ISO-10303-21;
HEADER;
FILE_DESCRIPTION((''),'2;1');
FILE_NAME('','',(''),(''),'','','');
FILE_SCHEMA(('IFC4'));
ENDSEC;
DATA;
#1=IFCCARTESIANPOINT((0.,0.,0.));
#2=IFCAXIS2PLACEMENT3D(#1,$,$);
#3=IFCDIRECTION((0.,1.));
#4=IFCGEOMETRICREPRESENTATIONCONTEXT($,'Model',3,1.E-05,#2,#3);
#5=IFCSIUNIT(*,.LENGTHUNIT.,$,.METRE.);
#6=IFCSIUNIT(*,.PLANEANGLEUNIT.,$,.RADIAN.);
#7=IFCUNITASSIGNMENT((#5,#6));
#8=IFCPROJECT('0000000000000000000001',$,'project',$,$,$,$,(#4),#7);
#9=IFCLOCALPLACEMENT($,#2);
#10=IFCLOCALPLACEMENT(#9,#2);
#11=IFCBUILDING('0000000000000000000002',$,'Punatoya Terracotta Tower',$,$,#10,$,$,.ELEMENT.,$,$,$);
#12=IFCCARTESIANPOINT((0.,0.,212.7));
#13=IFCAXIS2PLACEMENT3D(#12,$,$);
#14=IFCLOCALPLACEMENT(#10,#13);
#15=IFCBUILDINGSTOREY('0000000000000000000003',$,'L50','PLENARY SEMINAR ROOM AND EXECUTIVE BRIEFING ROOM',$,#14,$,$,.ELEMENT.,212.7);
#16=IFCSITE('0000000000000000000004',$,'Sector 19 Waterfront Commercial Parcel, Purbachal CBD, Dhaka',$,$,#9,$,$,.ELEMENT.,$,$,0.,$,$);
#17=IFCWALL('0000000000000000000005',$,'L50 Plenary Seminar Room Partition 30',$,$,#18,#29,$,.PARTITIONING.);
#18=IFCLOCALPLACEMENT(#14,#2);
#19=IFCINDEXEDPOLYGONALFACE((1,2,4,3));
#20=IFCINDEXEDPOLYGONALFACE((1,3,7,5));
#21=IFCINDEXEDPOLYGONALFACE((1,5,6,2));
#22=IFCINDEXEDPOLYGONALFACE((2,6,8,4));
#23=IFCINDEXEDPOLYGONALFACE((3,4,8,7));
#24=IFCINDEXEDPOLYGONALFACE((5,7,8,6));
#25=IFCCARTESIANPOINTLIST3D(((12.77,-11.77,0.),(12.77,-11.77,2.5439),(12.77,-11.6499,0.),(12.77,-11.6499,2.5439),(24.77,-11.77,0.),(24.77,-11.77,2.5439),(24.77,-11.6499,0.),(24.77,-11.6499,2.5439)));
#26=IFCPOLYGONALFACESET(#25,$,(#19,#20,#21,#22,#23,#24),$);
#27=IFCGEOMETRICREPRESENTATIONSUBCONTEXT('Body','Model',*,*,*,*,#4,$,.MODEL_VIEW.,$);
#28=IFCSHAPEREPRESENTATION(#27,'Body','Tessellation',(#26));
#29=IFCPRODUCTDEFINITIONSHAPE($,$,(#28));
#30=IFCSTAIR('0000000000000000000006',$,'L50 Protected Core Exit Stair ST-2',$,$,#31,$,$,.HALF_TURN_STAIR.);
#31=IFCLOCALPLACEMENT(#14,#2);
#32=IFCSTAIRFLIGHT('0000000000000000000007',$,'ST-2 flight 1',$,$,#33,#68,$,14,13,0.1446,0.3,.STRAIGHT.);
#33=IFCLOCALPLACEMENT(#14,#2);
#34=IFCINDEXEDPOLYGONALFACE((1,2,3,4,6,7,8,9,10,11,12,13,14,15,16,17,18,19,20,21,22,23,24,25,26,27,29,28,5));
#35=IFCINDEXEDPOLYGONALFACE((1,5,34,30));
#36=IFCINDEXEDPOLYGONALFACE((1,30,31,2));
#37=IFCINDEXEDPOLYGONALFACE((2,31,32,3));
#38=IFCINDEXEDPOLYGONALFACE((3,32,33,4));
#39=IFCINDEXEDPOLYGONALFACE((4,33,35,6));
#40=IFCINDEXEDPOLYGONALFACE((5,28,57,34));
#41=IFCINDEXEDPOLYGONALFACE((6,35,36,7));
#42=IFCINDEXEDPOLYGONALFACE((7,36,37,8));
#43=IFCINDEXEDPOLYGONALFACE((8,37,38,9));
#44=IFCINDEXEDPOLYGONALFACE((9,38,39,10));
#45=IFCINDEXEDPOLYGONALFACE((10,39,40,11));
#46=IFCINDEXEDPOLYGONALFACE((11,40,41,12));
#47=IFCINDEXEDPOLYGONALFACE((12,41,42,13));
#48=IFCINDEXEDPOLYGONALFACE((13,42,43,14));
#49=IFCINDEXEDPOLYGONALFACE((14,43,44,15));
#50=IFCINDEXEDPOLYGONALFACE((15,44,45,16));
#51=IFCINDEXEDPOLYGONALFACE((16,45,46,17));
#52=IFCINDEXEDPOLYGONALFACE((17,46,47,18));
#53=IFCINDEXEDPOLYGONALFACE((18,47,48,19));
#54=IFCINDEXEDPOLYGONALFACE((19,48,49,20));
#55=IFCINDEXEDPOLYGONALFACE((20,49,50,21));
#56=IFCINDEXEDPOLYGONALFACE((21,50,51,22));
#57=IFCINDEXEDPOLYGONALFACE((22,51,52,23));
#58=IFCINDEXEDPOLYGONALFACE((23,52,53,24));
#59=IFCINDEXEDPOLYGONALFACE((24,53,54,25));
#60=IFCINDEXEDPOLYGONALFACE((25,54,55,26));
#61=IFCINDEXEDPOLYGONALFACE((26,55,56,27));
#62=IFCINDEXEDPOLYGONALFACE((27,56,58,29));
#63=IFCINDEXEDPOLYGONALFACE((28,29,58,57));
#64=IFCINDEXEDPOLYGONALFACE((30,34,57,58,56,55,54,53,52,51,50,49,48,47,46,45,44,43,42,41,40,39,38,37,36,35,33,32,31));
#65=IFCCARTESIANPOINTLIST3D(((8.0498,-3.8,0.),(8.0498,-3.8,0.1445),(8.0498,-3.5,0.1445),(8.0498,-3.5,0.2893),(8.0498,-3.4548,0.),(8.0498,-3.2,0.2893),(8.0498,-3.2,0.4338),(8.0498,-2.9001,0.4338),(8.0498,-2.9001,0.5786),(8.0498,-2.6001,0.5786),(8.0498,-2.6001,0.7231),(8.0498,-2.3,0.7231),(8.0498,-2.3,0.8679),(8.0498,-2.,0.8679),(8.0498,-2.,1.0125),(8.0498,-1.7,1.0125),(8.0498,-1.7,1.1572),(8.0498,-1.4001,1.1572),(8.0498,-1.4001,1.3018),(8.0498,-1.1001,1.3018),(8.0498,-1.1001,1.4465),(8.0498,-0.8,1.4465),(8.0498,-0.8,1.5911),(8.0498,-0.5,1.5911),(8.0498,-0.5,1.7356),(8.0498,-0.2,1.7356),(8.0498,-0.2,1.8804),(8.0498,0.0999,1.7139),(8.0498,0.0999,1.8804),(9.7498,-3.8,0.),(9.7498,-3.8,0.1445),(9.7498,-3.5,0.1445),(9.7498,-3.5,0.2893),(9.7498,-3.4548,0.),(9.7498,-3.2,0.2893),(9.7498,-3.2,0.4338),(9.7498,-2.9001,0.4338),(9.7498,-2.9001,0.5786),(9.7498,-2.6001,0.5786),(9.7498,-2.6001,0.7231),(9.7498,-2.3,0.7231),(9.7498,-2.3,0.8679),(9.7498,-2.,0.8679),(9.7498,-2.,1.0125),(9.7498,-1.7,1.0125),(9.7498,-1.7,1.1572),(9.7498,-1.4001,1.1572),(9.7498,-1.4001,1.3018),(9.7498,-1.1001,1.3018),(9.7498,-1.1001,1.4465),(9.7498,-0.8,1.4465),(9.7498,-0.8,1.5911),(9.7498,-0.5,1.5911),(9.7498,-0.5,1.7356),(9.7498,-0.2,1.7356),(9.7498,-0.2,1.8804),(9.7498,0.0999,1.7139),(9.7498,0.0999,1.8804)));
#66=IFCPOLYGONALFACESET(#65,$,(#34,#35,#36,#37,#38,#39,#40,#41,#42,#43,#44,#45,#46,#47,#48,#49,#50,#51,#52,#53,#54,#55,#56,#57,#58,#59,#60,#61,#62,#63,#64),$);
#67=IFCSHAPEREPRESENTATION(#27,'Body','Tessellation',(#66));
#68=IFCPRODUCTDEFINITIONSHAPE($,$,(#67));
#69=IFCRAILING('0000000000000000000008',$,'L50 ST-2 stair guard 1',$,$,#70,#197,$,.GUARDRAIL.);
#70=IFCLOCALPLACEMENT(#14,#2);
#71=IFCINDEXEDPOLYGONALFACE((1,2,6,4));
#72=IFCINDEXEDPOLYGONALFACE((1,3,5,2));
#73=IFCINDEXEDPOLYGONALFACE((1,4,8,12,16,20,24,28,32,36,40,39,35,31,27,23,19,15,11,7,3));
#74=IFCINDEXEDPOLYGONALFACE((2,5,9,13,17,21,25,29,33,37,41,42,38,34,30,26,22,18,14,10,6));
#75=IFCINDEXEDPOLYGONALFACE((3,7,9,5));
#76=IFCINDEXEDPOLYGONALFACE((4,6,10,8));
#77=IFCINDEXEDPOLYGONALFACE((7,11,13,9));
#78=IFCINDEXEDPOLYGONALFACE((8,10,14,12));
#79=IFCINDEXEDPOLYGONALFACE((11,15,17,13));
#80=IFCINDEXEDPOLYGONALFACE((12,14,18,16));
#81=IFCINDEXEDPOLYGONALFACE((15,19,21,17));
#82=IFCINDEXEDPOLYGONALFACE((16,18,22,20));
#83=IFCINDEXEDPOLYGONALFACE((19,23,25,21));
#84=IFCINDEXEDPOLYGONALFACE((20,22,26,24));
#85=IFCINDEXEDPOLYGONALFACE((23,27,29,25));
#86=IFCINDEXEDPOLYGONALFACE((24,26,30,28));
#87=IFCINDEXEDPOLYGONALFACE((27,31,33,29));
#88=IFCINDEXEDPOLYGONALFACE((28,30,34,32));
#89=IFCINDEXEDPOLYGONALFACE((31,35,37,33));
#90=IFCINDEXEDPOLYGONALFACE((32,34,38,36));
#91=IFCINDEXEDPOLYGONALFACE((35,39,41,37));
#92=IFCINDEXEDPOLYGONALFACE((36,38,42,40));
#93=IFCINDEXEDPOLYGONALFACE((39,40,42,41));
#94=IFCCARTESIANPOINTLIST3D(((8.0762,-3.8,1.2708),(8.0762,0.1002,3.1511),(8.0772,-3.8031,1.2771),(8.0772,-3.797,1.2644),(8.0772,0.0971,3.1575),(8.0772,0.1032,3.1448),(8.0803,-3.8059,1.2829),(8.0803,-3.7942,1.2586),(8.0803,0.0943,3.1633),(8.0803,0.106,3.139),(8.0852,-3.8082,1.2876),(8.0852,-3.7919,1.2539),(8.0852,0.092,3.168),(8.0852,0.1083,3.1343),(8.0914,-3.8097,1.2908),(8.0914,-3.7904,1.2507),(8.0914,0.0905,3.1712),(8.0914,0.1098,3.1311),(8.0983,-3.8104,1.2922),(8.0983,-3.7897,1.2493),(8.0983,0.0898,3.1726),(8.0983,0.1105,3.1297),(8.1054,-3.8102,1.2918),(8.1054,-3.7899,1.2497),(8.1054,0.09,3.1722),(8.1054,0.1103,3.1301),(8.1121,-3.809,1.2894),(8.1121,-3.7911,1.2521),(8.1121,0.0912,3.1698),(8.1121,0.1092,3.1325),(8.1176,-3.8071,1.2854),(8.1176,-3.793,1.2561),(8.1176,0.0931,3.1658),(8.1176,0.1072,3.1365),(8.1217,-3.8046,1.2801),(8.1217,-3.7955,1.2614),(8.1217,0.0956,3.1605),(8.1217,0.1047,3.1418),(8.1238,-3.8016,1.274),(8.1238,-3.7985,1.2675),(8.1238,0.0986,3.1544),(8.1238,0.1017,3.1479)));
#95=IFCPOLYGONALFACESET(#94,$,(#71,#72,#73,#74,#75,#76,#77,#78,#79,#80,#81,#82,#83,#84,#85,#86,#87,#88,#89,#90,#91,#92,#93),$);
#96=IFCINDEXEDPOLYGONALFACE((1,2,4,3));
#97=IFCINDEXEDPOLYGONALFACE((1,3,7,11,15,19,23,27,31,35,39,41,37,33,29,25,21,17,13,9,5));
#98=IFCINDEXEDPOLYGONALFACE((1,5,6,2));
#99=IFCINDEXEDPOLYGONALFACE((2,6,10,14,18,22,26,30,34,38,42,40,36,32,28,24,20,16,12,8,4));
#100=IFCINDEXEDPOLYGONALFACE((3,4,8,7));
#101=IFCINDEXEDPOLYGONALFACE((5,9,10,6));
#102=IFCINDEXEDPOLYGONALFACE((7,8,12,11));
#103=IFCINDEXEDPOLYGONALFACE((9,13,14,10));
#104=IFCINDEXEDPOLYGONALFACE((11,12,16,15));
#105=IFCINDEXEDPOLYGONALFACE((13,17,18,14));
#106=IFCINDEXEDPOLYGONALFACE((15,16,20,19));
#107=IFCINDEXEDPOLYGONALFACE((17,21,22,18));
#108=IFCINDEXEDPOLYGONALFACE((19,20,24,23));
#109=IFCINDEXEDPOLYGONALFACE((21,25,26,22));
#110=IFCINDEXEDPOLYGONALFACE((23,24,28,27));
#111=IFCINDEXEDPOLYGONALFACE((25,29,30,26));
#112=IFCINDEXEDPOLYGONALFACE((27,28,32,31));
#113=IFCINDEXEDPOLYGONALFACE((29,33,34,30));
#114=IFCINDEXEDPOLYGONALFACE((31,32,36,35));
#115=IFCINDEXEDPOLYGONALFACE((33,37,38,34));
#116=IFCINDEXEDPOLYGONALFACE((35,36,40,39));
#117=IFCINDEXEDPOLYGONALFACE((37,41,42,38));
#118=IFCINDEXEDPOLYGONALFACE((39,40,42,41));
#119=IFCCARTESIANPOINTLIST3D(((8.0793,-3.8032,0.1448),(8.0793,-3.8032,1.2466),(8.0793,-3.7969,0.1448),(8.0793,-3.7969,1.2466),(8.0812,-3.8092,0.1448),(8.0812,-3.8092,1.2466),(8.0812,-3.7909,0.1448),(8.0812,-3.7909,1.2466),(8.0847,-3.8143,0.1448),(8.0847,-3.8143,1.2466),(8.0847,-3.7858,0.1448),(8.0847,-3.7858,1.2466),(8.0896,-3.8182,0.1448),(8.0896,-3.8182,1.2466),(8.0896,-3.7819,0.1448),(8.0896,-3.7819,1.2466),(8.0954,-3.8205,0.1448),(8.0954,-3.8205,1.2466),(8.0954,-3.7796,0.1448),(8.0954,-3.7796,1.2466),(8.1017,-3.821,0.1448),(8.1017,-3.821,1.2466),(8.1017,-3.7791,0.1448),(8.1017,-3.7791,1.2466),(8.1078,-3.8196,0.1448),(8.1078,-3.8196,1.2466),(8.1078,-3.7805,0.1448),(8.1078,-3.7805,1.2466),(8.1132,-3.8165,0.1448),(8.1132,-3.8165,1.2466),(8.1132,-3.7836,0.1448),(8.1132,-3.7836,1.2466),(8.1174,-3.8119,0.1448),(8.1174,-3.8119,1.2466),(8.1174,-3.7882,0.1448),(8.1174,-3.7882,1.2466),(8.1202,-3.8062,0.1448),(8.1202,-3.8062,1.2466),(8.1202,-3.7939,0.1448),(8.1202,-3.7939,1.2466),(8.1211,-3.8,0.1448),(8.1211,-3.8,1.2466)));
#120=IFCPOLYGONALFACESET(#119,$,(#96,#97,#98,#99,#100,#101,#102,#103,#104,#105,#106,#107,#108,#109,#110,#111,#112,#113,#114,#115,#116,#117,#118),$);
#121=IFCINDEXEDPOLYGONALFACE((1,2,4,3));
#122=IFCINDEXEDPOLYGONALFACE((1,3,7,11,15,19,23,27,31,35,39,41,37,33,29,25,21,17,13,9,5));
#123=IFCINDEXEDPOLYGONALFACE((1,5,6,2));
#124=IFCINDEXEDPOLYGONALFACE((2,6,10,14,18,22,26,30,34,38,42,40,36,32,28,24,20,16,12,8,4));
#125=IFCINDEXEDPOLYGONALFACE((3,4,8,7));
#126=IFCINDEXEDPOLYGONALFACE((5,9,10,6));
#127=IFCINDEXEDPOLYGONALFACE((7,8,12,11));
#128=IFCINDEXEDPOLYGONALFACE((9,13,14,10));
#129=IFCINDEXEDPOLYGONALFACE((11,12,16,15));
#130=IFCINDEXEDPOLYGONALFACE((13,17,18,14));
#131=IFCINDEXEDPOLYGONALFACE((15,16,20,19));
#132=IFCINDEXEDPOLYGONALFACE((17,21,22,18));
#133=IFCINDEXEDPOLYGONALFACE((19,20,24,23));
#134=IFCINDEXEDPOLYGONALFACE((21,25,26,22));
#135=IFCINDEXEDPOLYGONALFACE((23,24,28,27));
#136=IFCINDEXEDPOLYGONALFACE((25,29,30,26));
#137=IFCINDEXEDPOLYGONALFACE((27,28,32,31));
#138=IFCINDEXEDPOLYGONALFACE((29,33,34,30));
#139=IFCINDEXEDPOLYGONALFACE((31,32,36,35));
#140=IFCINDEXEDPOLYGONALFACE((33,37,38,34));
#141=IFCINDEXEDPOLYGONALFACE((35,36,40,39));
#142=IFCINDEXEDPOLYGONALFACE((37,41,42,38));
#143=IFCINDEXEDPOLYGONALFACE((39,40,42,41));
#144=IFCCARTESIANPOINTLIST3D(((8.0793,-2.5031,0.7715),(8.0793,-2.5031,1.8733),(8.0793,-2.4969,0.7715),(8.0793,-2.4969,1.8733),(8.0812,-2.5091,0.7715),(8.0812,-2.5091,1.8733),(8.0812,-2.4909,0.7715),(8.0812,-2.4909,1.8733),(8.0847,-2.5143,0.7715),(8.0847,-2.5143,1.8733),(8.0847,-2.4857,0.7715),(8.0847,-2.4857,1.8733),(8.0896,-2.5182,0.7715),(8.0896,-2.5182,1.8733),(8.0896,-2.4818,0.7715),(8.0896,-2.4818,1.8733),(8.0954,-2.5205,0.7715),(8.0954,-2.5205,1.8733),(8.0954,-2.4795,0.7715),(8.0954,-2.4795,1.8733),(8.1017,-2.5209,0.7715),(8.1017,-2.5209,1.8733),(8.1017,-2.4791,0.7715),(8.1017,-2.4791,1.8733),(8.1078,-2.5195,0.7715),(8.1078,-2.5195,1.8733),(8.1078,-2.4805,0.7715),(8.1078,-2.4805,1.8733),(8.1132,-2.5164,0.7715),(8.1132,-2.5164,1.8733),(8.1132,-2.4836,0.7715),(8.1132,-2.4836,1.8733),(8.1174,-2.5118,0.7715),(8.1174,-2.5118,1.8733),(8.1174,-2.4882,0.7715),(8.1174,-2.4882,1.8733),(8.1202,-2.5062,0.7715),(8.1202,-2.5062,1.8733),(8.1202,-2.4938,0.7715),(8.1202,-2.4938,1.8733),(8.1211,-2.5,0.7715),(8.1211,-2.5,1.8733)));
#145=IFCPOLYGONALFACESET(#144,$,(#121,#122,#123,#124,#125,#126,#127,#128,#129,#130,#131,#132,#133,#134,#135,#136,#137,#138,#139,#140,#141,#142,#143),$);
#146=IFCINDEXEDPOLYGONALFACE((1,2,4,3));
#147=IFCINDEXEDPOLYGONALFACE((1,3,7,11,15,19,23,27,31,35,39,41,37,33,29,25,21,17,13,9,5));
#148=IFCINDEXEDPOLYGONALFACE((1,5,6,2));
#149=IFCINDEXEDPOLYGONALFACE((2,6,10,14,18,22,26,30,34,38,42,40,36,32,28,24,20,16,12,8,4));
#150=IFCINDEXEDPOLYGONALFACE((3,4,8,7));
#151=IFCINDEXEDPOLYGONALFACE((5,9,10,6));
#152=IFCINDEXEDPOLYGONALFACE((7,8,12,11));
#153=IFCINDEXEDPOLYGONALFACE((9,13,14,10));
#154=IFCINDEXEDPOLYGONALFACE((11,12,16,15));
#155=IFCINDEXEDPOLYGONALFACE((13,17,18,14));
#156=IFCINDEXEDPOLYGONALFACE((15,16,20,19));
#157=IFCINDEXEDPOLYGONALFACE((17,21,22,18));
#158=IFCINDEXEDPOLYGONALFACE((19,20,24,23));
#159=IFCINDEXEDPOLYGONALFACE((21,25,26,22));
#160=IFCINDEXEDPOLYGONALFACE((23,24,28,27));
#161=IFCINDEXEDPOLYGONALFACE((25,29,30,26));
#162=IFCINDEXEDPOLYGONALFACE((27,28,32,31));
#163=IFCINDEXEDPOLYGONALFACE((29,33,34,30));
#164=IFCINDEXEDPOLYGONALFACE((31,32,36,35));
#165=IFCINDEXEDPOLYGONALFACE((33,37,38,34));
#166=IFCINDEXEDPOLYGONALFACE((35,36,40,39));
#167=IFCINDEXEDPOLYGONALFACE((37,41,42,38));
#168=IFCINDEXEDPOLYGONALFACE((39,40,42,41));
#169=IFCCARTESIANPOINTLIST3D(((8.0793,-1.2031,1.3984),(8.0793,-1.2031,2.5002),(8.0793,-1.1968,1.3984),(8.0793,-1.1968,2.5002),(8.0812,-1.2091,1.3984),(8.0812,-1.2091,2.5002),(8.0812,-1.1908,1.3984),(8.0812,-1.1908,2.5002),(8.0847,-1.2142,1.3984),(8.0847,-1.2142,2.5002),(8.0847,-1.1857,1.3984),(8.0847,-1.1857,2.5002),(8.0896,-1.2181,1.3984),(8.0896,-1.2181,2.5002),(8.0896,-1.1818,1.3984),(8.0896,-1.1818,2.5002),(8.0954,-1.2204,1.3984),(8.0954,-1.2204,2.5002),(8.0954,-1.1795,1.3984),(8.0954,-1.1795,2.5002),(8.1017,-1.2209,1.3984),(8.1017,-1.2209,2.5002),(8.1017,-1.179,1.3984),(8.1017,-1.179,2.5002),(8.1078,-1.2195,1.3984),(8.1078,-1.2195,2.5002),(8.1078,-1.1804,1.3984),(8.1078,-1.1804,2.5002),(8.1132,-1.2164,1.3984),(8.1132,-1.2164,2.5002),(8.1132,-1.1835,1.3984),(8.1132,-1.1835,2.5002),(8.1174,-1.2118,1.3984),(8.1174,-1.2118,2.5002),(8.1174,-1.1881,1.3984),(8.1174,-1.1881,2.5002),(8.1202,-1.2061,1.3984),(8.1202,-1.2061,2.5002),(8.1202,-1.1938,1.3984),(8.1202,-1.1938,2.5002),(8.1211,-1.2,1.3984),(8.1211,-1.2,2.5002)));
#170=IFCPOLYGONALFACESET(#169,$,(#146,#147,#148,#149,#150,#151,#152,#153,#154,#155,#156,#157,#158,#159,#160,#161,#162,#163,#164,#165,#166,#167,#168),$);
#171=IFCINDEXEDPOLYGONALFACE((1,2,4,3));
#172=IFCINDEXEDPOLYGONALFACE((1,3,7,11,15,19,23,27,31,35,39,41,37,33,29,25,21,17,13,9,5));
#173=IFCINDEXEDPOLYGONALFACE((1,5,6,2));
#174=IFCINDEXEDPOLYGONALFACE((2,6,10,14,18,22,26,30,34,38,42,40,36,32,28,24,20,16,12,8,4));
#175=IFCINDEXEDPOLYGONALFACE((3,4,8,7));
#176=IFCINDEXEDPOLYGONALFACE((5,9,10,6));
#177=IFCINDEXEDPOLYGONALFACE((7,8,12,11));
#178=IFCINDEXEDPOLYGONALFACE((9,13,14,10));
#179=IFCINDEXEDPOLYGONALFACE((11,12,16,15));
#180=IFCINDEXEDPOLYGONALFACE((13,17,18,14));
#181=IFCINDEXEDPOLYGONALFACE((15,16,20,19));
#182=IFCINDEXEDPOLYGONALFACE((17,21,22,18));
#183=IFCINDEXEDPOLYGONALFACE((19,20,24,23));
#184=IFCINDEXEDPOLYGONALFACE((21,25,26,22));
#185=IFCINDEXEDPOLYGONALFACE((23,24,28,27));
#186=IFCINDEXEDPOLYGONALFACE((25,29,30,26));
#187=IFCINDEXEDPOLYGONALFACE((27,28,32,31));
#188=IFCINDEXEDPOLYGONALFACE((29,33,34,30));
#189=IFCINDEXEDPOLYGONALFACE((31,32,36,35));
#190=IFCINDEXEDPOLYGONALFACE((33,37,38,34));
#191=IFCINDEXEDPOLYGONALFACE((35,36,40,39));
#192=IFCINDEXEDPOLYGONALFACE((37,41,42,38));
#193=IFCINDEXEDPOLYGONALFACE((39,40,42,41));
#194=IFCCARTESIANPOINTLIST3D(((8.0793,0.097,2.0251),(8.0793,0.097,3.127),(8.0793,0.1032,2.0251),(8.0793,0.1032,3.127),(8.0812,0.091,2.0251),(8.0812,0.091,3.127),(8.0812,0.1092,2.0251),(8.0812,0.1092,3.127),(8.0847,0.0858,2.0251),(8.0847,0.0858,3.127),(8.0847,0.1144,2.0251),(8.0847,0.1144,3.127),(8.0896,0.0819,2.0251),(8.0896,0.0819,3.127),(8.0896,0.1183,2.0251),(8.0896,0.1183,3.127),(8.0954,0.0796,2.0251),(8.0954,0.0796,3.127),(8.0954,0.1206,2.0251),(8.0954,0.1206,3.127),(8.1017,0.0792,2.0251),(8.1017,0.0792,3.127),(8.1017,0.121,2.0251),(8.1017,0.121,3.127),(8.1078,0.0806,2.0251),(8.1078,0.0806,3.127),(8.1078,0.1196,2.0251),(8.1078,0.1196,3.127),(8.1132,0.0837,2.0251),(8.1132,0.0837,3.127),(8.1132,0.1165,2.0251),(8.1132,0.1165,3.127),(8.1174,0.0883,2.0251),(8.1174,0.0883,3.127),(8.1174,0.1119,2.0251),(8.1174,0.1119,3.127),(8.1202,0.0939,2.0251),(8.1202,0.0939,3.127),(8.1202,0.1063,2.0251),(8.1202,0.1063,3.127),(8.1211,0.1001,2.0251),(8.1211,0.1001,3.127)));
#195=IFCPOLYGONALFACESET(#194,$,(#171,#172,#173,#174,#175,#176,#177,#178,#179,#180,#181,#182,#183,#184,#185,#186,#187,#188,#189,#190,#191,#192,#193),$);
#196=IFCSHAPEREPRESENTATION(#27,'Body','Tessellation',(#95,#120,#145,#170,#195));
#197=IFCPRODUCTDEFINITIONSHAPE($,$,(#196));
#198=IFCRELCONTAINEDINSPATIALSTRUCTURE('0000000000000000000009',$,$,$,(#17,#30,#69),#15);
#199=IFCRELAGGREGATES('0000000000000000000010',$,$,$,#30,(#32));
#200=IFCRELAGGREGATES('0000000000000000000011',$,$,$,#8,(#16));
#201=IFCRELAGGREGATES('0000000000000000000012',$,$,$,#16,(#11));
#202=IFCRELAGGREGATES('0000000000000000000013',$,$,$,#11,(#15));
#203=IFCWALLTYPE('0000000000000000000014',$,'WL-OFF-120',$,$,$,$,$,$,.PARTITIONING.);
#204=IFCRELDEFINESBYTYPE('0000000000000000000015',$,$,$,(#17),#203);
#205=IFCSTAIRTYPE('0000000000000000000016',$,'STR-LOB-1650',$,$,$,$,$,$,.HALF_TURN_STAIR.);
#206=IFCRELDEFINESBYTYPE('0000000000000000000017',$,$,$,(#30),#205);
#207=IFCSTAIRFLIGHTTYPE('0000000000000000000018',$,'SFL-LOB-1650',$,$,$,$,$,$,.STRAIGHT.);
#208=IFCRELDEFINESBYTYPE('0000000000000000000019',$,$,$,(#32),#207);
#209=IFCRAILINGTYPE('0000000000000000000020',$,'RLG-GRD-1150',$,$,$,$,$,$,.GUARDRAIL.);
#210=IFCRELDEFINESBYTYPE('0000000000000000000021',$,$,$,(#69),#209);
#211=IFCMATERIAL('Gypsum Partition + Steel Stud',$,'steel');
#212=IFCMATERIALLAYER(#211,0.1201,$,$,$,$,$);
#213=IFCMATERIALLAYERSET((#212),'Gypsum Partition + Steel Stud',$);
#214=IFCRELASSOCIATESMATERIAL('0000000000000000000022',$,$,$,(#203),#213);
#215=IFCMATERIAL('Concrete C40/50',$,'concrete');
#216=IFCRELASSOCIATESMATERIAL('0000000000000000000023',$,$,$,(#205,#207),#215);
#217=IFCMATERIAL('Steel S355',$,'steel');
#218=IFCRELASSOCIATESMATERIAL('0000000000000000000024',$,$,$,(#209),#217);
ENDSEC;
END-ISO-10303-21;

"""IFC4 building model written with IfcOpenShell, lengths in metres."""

from ifc_helpers import new_model, si_unit, direction, frame, frame_2d, origin, origin_2d, place, context, subcontext, project, spatial, polyline, rectangle, circle, outline, extrude, material, layer, layer_set, type_object, element, aggregate, save


model = new_model("IFC4")

# Units and contexts
model_context = context("Model", 3, precision=1e-05, world=origin(), true_north=direction((0.0, 1.0)))
body_context = subcontext(model_context, "Body", "Model", "MODEL_VIEW")
ifc_project = project(units=[si_unit("LENGTHUNIT", "METRE"), si_unit("PLANEANGLEUNIT", "RADIAN")], contexts=[model_context])

# Site, building, storey
site_placement = place(None, origin())
site = spatial("IfcSite", under=ifc_project, at=site_placement, Name="Sector 19 Waterfront Commercial Parcel, Purbachal CBD, Dhaka", CompositionType="ELEMENT", RefElevation=0.0)
building_placement = place(site_placement, origin())
building = spatial("IfcBuilding", under=site, at=building_placement, Name="Punatoya Terracotta Tower", CompositionType="ELEMENT")
storey_placement = place(building_placement, frame((0.0, 0.0, 212.7)))
storey = spatial("IfcBuildingStorey", under=building, at=storey_placement, Name="L50", Description="PLENARY SEMINAR ROOM AND EXECUTIVE BRIEFING ROOM", CompositionType="ELEMENT", Elevation=212.7)

# Shared definitions
ifc_material_1 = material(Name="Steel S355", Category="steel")

# Wall
ifc_material_2 = material(Name="Gypsum Partition + Steel Stud", Category="steel")
ifc_layer_1 = layer(ifc_material_2, 0.1201)
ifc_layer_set_1 = layer_set([ifc_layer_1], Name="Gypsum Partition + Steel Stud")
wall_type_1 = type_object("IfcWallType", Name="WL-OFF-120", PredefinedType="PARTITIONING", material=ifc_layer_set_1)
wall_1_placement = place(storey_placement, frame((12.77, -11.71, 0.0), z_axis=(0.0, 0.0, 1.0), x_axis=(1.0, 0.0, 0.0)))
element("IfcWall", 1, at=wall_1_placement, inside=storey, type_object=wall_type_1, Name="L50 Plenary Seminar Room Partition 30", PredefinedType="PARTITIONING", context=body_context, shape_type="SweptSolid", body=[
    extrude(rectangle(XDim=12.0, YDim=0.1201, at=frame_2d((6.0, 0.0))), origin(), (0.0, 0.0, 1.0), 2.5439),
])

# Stair, stair flight
ifc_material_3 = material(Name="Concrete C40/50", Category="concrete")
stair_type = type_object("IfcStairType", Name="STR-LOB-1650", PredefinedType="HALF_TURN_STAIR", material=ifc_material_3)
stair_placement = place(storey_placement, origin())
stair = element("IfcStair", 2, at=stair_placement, inside=storey, type_object=stair_type, Name="L50 Protected Core Exit Stair ST-2", PredefinedType="HALF_TURN_STAIR")
stair_flight_type = type_object("IfcStairFlightType", Name="SFL-LOB-1650", PredefinedType="STRAIGHT", material=ifc_material_3)
stair_flight_placement = place(storey_placement, frame((8.8999, -3.8, 0.0), z_axis=(0.0, 0.0, 1.0), x_axis=(0.0, 1.0, 0.0)))
stair_flight = element("IfcStairFlight", 3, at=stair_flight_placement, type_object=stair_flight_type, Name="ST-2 flight 1", NumberOfRisers=14, NumberOfTreads=13, PredefinedType="STRAIGHT", RiserHeight=0.1446, TreadLength=0.3, context=body_context, shape_type="SweptSolid", body=[
    extrude(outline(polyline([(0.0, 0.0), (0.0, 0.1445), (0.3, 0.1445), (0.3, 0.2893), (0.6001, 0.2893), (0.6001, 0.4338), (0.8999, 0.4338), (0.8999, 0.5786), (1.2, 0.5786), (1.2, 0.7231), (1.5, 0.7231), (1.5, 0.8679), (1.8, 0.8679), (1.8, 1.0125), (2.1001, 1.0125), (2.1001, 1.1572), (2.3999, 1.1572), (2.3999, 1.3018), (2.7, 1.3018), (2.7, 1.4465), (3.0, 1.4465), (3.0, 1.5911), (3.3, 1.5911), (3.3, 1.7356), (3.6001, 1.7356), (3.6001, 1.8804), (3.8999, 1.8804), (3.8999, 2.0249), (3.8999, 1.7139), (0.3452, 0.0), (0.0, 0.0)])), frame((0.0, 0.8501, 0.0), z_axis=(0.0, -1.0, 0.0), x_axis=(1.0, 0.0, 0.0)), (0.0, 0.0, 1.0), 1.7),
])
aggregate(stair, [stair_flight])

# Railing
railing_type_1 = type_object("IfcRailingType", Name="RLG-GRD-1150", PredefinedType="GUARDRAIL", material=ifc_material_1)
railing_1_placement = place(storey_placement, frame((8.1001, -3.8, 0.1448)))
element("IfcRailing", 4, at=railing_1_placement, inside=storey, type_object=railing_type_1, Name="L50 ST-2 stair guard 1", PredefinedType="GUARDRAIL", context=body_context, shape_type="SweptSolid", body=[
    extrude(circle(Radius=0.0239, at=origin_2d()), frame((0.0, 0.0, 1.126), z_axis=(0.0, 0.900774, 0.434289), x_axis=(-1.0, 0.0, 0.0)), (0.0, 0.0, 1.0), 4.3298),
    extrude(circle(Radius=0.021, at=origin_2d()), origin(), (0.0, 0.0, 1.0), 1.1018),
    extrude(circle(Radius=0.021, at=origin_2d()), frame((0.0, 1.3, 0.6267)), (0.0, 0.0, 1.0), 1.1018),
    extrude(circle(Radius=0.021, at=origin_2d()), frame((0.0, 2.6001, 1.2537)), (0.0, 0.0, 1.0), 1.1018),
    extrude(circle(Radius=0.021, at=origin_2d()), frame((0.0, 3.9001, 1.8804)), (0.0, 0.0, 1.0), 1.1018),
])

save(model, "model.ifc")
